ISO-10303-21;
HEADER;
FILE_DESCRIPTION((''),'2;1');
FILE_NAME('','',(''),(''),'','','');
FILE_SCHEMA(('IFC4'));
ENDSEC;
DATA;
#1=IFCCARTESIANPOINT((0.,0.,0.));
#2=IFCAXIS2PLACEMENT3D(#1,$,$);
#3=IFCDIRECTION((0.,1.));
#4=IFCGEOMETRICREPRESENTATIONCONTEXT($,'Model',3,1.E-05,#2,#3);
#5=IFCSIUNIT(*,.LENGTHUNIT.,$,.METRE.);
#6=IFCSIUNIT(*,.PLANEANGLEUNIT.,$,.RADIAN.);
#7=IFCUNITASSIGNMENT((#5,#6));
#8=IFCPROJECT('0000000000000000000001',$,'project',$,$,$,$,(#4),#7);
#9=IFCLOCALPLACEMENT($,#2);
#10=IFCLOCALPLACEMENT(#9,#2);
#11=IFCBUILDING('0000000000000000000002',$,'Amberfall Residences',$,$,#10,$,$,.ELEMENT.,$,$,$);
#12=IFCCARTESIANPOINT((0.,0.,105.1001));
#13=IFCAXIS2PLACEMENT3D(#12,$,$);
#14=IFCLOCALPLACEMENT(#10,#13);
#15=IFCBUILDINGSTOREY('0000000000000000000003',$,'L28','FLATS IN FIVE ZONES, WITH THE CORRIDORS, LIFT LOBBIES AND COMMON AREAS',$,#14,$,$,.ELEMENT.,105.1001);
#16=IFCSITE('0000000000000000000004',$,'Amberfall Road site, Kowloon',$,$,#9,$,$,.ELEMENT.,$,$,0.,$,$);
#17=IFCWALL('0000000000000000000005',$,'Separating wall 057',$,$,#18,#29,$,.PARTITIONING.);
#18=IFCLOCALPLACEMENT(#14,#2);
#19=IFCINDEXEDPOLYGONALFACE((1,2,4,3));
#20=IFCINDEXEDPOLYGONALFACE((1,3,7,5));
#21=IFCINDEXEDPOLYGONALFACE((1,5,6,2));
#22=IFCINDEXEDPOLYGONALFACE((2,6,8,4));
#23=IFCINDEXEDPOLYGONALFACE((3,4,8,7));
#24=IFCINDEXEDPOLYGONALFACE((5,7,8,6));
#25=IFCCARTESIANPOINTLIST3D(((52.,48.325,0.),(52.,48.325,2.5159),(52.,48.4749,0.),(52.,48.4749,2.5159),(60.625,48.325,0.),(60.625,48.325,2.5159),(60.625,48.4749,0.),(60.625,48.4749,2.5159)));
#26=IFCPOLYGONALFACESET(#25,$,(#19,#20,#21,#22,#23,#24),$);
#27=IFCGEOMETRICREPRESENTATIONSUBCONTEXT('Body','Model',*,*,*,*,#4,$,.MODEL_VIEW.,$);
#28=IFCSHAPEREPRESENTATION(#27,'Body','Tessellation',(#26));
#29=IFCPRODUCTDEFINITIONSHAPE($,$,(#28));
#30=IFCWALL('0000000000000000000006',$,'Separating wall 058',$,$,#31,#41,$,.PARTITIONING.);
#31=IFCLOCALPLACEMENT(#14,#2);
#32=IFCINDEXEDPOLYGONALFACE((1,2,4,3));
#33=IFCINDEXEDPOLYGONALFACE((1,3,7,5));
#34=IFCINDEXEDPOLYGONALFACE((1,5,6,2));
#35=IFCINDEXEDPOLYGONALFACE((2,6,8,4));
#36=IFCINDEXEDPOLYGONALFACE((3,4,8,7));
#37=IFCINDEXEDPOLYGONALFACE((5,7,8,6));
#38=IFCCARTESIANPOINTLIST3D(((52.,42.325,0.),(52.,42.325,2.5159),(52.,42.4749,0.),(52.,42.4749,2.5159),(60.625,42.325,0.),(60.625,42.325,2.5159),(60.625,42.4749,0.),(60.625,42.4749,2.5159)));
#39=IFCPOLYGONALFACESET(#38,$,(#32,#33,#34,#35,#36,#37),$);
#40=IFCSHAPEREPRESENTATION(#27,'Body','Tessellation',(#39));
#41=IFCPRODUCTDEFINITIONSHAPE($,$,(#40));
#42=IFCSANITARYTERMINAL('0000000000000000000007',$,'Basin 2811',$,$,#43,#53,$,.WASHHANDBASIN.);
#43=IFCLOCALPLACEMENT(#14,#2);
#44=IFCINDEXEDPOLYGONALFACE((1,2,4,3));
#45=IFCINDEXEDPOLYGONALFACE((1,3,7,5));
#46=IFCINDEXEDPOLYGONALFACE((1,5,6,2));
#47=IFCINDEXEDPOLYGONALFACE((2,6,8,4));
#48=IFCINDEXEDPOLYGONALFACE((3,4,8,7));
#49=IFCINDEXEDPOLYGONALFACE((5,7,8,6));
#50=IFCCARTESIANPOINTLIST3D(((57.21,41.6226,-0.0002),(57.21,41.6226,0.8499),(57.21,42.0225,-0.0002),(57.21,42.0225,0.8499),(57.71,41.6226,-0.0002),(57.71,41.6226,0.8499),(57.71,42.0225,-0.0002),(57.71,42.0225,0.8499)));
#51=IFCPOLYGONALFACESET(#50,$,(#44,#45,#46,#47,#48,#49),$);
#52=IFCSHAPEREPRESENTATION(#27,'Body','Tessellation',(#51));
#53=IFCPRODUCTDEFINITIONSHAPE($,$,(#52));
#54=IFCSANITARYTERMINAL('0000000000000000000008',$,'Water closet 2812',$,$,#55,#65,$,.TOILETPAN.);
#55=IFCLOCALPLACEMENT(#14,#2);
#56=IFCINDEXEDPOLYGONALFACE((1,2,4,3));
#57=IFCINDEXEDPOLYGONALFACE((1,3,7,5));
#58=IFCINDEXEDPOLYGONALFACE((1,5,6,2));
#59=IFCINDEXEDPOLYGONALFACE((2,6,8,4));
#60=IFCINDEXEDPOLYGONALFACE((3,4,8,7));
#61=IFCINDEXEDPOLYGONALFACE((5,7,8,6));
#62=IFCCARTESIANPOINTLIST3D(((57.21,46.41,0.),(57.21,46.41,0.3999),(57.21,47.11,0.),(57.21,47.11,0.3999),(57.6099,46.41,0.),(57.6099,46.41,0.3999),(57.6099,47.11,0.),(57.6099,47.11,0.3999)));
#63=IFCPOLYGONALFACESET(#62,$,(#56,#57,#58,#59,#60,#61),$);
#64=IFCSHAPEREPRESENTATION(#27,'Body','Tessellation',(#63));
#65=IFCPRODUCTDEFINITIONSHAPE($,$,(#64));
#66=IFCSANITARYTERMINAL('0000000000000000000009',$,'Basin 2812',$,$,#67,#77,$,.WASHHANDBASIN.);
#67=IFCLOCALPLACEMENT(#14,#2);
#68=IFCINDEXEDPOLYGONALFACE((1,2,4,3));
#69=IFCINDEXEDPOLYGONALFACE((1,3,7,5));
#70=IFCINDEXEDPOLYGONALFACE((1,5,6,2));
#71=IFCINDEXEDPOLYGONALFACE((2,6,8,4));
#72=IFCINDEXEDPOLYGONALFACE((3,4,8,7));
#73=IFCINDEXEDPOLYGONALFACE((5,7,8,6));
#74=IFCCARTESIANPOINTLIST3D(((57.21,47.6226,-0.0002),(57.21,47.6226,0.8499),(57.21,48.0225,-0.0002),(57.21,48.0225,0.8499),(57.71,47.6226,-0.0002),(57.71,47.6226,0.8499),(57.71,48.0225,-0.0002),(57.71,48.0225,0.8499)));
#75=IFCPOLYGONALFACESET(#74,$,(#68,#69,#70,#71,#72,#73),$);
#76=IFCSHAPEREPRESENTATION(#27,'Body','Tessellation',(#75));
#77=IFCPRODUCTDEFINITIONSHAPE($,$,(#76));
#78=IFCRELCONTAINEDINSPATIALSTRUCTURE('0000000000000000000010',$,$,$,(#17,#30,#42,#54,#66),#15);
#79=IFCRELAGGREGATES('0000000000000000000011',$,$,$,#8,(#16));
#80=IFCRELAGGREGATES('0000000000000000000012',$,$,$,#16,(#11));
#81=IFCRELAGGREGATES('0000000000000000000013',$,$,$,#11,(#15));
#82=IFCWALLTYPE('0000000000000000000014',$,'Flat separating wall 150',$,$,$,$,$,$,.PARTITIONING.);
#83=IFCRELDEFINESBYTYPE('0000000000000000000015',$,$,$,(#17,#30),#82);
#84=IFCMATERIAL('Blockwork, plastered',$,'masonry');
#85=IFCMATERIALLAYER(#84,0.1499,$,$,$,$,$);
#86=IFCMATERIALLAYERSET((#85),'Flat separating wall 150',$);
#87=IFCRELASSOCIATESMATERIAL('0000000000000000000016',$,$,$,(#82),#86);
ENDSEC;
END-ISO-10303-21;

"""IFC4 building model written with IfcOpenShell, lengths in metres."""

from ifc_helpers import new_model, si_unit, direction, frame, frame_2d, origin, origin_2d, place, context, subcontext, project, spatial, rectangle, extrude, material, layer, layer_set, type_object, element, save


model = new_model("IFC4")

# Units and contexts
model_context = context("Model", 3, precision=1e-05, world=origin(), true_north=direction((0.0, 1.0)))
body_context = subcontext(model_context, "Body", "Model", "MODEL_VIEW")
ifc_project = project(units=[si_unit("LENGTHUNIT", "METRE"), si_unit("PLANEANGLEUNIT", "RADIAN")], contexts=[model_context])

# Site, building, storey
site_placement = place(None, origin())
site = spatial("IfcSite", under=ifc_project, at=site_placement, Name="Amberfall Road site, Kowloon", CompositionType="ELEMENT", RefElevation=0.0)
building_placement = place(site_placement, origin())
building = spatial("IfcBuilding", under=site, at=building_placement, Name="Amberfall Residences", CompositionType="ELEMENT")
storey_placement = place(building_placement, frame((0.0, 0.0, 105.1001)))
storey = spatial("IfcBuildingStorey", under=building, at=storey_placement, Name="L28", Description="FLATS IN FIVE ZONES, WITH THE CORRIDORS, LIFT LOBBIES AND COMMON AREAS", CompositionType="ELEMENT", Elevation=105.1001)

# Walls
ifc_material_1 = material(Name="Blockwork, plastered", Category="masonry")
ifc_layer_1 = layer(ifc_material_1, 0.1499)
ifc_layer_set_1 = layer_set([ifc_layer_1], Name="Flat separating wall 150")
wall_type_1 = type_object("IfcWallType", Name="Flat separating wall 150", PredefinedType="PARTITIONING", material=ifc_layer_set_1)
for number, where, z_axis, x_axis, name in (
    (1, (52.0, 48.3999, 0.0), (0.0, 0.0, 1.0), (1.0, 0.0, 0.0), "Separating wall 057"),
    (2, (52.0, 42.3999, 0.0), (0.0, 0.0, 1.0), (1.0, 0.0, 0.0), "Separating wall 058"),
):
    element("IfcWall", number, at=place(storey_placement, frame(where, z_axis=z_axis, x_axis=x_axis)), inside=storey, type_object=wall_type_1, Name=name, PredefinedType="PARTITIONING", context=body_context, shape_type="SweptSolid", body=[
        extrude(rectangle(XDim=8.625, YDim=0.1499, at=frame_2d((4.3125, 0.0))), origin(), (0.0, 0.0, 1.0), 2.5159),
    ])

# Sanitary terminals
sanitary_terminal_1_placement = place(storey_placement, frame((57.46, 41.8225, -0.0002), z_axis=(0.0, 0.0, 1.0), x_axis=(1.0, 0.0, 0.0)))
element("IfcSanitaryTerminal", 3, at=sanitary_terminal_1_placement, inside=storey, Name="Basin 2811", PredefinedType="WASHHANDBASIN", context=body_context, shape_type="SweptSolid", body=[
    extrude(rectangle(XDim=0.5, YDim=0.3999, at=origin_2d()), origin(), (0.0, 0.0, 1.0), 0.8501),
])
sanitary_terminal_2_placement = place(storey_placement, frame((57.4099, 46.76, 0.0), z_axis=(0.0, 0.0, 1.0), x_axis=(1.0, 0.0, 0.0)))
element("IfcSanitaryTerminal", 4, at=sanitary_terminal_2_placement, inside=storey, Name="Water closet 2812", PredefinedType="TOILETPAN", context=body_context, shape_type="SweptSolid", body=[
    extrude(rectangle(XDim=0.3999, YDim=0.7, at=origin_2d()), origin(), (0.0, 0.0, 1.0), 0.3999),
])
sanitary_terminal_3_placement = place(storey_placement, frame((57.46, 47.8225, -0.0002), z_axis=(0.0, 0.0, 1.0), x_axis=(1.0, 0.0, 0.0)))
element("IfcSanitaryTerminal", 5, at=sanitary_terminal_3_placement, inside=storey, Name="Basin 2812", PredefinedType="WASHHANDBASIN", context=body_context, shape_type="SweptSolid", body=[
    extrude(rectangle(XDim=0.5, YDim=0.3999, at=origin_2d()), origin(), (0.0, 0.0, 1.0), 0.8501),
])

save(model, "model.ifc")
